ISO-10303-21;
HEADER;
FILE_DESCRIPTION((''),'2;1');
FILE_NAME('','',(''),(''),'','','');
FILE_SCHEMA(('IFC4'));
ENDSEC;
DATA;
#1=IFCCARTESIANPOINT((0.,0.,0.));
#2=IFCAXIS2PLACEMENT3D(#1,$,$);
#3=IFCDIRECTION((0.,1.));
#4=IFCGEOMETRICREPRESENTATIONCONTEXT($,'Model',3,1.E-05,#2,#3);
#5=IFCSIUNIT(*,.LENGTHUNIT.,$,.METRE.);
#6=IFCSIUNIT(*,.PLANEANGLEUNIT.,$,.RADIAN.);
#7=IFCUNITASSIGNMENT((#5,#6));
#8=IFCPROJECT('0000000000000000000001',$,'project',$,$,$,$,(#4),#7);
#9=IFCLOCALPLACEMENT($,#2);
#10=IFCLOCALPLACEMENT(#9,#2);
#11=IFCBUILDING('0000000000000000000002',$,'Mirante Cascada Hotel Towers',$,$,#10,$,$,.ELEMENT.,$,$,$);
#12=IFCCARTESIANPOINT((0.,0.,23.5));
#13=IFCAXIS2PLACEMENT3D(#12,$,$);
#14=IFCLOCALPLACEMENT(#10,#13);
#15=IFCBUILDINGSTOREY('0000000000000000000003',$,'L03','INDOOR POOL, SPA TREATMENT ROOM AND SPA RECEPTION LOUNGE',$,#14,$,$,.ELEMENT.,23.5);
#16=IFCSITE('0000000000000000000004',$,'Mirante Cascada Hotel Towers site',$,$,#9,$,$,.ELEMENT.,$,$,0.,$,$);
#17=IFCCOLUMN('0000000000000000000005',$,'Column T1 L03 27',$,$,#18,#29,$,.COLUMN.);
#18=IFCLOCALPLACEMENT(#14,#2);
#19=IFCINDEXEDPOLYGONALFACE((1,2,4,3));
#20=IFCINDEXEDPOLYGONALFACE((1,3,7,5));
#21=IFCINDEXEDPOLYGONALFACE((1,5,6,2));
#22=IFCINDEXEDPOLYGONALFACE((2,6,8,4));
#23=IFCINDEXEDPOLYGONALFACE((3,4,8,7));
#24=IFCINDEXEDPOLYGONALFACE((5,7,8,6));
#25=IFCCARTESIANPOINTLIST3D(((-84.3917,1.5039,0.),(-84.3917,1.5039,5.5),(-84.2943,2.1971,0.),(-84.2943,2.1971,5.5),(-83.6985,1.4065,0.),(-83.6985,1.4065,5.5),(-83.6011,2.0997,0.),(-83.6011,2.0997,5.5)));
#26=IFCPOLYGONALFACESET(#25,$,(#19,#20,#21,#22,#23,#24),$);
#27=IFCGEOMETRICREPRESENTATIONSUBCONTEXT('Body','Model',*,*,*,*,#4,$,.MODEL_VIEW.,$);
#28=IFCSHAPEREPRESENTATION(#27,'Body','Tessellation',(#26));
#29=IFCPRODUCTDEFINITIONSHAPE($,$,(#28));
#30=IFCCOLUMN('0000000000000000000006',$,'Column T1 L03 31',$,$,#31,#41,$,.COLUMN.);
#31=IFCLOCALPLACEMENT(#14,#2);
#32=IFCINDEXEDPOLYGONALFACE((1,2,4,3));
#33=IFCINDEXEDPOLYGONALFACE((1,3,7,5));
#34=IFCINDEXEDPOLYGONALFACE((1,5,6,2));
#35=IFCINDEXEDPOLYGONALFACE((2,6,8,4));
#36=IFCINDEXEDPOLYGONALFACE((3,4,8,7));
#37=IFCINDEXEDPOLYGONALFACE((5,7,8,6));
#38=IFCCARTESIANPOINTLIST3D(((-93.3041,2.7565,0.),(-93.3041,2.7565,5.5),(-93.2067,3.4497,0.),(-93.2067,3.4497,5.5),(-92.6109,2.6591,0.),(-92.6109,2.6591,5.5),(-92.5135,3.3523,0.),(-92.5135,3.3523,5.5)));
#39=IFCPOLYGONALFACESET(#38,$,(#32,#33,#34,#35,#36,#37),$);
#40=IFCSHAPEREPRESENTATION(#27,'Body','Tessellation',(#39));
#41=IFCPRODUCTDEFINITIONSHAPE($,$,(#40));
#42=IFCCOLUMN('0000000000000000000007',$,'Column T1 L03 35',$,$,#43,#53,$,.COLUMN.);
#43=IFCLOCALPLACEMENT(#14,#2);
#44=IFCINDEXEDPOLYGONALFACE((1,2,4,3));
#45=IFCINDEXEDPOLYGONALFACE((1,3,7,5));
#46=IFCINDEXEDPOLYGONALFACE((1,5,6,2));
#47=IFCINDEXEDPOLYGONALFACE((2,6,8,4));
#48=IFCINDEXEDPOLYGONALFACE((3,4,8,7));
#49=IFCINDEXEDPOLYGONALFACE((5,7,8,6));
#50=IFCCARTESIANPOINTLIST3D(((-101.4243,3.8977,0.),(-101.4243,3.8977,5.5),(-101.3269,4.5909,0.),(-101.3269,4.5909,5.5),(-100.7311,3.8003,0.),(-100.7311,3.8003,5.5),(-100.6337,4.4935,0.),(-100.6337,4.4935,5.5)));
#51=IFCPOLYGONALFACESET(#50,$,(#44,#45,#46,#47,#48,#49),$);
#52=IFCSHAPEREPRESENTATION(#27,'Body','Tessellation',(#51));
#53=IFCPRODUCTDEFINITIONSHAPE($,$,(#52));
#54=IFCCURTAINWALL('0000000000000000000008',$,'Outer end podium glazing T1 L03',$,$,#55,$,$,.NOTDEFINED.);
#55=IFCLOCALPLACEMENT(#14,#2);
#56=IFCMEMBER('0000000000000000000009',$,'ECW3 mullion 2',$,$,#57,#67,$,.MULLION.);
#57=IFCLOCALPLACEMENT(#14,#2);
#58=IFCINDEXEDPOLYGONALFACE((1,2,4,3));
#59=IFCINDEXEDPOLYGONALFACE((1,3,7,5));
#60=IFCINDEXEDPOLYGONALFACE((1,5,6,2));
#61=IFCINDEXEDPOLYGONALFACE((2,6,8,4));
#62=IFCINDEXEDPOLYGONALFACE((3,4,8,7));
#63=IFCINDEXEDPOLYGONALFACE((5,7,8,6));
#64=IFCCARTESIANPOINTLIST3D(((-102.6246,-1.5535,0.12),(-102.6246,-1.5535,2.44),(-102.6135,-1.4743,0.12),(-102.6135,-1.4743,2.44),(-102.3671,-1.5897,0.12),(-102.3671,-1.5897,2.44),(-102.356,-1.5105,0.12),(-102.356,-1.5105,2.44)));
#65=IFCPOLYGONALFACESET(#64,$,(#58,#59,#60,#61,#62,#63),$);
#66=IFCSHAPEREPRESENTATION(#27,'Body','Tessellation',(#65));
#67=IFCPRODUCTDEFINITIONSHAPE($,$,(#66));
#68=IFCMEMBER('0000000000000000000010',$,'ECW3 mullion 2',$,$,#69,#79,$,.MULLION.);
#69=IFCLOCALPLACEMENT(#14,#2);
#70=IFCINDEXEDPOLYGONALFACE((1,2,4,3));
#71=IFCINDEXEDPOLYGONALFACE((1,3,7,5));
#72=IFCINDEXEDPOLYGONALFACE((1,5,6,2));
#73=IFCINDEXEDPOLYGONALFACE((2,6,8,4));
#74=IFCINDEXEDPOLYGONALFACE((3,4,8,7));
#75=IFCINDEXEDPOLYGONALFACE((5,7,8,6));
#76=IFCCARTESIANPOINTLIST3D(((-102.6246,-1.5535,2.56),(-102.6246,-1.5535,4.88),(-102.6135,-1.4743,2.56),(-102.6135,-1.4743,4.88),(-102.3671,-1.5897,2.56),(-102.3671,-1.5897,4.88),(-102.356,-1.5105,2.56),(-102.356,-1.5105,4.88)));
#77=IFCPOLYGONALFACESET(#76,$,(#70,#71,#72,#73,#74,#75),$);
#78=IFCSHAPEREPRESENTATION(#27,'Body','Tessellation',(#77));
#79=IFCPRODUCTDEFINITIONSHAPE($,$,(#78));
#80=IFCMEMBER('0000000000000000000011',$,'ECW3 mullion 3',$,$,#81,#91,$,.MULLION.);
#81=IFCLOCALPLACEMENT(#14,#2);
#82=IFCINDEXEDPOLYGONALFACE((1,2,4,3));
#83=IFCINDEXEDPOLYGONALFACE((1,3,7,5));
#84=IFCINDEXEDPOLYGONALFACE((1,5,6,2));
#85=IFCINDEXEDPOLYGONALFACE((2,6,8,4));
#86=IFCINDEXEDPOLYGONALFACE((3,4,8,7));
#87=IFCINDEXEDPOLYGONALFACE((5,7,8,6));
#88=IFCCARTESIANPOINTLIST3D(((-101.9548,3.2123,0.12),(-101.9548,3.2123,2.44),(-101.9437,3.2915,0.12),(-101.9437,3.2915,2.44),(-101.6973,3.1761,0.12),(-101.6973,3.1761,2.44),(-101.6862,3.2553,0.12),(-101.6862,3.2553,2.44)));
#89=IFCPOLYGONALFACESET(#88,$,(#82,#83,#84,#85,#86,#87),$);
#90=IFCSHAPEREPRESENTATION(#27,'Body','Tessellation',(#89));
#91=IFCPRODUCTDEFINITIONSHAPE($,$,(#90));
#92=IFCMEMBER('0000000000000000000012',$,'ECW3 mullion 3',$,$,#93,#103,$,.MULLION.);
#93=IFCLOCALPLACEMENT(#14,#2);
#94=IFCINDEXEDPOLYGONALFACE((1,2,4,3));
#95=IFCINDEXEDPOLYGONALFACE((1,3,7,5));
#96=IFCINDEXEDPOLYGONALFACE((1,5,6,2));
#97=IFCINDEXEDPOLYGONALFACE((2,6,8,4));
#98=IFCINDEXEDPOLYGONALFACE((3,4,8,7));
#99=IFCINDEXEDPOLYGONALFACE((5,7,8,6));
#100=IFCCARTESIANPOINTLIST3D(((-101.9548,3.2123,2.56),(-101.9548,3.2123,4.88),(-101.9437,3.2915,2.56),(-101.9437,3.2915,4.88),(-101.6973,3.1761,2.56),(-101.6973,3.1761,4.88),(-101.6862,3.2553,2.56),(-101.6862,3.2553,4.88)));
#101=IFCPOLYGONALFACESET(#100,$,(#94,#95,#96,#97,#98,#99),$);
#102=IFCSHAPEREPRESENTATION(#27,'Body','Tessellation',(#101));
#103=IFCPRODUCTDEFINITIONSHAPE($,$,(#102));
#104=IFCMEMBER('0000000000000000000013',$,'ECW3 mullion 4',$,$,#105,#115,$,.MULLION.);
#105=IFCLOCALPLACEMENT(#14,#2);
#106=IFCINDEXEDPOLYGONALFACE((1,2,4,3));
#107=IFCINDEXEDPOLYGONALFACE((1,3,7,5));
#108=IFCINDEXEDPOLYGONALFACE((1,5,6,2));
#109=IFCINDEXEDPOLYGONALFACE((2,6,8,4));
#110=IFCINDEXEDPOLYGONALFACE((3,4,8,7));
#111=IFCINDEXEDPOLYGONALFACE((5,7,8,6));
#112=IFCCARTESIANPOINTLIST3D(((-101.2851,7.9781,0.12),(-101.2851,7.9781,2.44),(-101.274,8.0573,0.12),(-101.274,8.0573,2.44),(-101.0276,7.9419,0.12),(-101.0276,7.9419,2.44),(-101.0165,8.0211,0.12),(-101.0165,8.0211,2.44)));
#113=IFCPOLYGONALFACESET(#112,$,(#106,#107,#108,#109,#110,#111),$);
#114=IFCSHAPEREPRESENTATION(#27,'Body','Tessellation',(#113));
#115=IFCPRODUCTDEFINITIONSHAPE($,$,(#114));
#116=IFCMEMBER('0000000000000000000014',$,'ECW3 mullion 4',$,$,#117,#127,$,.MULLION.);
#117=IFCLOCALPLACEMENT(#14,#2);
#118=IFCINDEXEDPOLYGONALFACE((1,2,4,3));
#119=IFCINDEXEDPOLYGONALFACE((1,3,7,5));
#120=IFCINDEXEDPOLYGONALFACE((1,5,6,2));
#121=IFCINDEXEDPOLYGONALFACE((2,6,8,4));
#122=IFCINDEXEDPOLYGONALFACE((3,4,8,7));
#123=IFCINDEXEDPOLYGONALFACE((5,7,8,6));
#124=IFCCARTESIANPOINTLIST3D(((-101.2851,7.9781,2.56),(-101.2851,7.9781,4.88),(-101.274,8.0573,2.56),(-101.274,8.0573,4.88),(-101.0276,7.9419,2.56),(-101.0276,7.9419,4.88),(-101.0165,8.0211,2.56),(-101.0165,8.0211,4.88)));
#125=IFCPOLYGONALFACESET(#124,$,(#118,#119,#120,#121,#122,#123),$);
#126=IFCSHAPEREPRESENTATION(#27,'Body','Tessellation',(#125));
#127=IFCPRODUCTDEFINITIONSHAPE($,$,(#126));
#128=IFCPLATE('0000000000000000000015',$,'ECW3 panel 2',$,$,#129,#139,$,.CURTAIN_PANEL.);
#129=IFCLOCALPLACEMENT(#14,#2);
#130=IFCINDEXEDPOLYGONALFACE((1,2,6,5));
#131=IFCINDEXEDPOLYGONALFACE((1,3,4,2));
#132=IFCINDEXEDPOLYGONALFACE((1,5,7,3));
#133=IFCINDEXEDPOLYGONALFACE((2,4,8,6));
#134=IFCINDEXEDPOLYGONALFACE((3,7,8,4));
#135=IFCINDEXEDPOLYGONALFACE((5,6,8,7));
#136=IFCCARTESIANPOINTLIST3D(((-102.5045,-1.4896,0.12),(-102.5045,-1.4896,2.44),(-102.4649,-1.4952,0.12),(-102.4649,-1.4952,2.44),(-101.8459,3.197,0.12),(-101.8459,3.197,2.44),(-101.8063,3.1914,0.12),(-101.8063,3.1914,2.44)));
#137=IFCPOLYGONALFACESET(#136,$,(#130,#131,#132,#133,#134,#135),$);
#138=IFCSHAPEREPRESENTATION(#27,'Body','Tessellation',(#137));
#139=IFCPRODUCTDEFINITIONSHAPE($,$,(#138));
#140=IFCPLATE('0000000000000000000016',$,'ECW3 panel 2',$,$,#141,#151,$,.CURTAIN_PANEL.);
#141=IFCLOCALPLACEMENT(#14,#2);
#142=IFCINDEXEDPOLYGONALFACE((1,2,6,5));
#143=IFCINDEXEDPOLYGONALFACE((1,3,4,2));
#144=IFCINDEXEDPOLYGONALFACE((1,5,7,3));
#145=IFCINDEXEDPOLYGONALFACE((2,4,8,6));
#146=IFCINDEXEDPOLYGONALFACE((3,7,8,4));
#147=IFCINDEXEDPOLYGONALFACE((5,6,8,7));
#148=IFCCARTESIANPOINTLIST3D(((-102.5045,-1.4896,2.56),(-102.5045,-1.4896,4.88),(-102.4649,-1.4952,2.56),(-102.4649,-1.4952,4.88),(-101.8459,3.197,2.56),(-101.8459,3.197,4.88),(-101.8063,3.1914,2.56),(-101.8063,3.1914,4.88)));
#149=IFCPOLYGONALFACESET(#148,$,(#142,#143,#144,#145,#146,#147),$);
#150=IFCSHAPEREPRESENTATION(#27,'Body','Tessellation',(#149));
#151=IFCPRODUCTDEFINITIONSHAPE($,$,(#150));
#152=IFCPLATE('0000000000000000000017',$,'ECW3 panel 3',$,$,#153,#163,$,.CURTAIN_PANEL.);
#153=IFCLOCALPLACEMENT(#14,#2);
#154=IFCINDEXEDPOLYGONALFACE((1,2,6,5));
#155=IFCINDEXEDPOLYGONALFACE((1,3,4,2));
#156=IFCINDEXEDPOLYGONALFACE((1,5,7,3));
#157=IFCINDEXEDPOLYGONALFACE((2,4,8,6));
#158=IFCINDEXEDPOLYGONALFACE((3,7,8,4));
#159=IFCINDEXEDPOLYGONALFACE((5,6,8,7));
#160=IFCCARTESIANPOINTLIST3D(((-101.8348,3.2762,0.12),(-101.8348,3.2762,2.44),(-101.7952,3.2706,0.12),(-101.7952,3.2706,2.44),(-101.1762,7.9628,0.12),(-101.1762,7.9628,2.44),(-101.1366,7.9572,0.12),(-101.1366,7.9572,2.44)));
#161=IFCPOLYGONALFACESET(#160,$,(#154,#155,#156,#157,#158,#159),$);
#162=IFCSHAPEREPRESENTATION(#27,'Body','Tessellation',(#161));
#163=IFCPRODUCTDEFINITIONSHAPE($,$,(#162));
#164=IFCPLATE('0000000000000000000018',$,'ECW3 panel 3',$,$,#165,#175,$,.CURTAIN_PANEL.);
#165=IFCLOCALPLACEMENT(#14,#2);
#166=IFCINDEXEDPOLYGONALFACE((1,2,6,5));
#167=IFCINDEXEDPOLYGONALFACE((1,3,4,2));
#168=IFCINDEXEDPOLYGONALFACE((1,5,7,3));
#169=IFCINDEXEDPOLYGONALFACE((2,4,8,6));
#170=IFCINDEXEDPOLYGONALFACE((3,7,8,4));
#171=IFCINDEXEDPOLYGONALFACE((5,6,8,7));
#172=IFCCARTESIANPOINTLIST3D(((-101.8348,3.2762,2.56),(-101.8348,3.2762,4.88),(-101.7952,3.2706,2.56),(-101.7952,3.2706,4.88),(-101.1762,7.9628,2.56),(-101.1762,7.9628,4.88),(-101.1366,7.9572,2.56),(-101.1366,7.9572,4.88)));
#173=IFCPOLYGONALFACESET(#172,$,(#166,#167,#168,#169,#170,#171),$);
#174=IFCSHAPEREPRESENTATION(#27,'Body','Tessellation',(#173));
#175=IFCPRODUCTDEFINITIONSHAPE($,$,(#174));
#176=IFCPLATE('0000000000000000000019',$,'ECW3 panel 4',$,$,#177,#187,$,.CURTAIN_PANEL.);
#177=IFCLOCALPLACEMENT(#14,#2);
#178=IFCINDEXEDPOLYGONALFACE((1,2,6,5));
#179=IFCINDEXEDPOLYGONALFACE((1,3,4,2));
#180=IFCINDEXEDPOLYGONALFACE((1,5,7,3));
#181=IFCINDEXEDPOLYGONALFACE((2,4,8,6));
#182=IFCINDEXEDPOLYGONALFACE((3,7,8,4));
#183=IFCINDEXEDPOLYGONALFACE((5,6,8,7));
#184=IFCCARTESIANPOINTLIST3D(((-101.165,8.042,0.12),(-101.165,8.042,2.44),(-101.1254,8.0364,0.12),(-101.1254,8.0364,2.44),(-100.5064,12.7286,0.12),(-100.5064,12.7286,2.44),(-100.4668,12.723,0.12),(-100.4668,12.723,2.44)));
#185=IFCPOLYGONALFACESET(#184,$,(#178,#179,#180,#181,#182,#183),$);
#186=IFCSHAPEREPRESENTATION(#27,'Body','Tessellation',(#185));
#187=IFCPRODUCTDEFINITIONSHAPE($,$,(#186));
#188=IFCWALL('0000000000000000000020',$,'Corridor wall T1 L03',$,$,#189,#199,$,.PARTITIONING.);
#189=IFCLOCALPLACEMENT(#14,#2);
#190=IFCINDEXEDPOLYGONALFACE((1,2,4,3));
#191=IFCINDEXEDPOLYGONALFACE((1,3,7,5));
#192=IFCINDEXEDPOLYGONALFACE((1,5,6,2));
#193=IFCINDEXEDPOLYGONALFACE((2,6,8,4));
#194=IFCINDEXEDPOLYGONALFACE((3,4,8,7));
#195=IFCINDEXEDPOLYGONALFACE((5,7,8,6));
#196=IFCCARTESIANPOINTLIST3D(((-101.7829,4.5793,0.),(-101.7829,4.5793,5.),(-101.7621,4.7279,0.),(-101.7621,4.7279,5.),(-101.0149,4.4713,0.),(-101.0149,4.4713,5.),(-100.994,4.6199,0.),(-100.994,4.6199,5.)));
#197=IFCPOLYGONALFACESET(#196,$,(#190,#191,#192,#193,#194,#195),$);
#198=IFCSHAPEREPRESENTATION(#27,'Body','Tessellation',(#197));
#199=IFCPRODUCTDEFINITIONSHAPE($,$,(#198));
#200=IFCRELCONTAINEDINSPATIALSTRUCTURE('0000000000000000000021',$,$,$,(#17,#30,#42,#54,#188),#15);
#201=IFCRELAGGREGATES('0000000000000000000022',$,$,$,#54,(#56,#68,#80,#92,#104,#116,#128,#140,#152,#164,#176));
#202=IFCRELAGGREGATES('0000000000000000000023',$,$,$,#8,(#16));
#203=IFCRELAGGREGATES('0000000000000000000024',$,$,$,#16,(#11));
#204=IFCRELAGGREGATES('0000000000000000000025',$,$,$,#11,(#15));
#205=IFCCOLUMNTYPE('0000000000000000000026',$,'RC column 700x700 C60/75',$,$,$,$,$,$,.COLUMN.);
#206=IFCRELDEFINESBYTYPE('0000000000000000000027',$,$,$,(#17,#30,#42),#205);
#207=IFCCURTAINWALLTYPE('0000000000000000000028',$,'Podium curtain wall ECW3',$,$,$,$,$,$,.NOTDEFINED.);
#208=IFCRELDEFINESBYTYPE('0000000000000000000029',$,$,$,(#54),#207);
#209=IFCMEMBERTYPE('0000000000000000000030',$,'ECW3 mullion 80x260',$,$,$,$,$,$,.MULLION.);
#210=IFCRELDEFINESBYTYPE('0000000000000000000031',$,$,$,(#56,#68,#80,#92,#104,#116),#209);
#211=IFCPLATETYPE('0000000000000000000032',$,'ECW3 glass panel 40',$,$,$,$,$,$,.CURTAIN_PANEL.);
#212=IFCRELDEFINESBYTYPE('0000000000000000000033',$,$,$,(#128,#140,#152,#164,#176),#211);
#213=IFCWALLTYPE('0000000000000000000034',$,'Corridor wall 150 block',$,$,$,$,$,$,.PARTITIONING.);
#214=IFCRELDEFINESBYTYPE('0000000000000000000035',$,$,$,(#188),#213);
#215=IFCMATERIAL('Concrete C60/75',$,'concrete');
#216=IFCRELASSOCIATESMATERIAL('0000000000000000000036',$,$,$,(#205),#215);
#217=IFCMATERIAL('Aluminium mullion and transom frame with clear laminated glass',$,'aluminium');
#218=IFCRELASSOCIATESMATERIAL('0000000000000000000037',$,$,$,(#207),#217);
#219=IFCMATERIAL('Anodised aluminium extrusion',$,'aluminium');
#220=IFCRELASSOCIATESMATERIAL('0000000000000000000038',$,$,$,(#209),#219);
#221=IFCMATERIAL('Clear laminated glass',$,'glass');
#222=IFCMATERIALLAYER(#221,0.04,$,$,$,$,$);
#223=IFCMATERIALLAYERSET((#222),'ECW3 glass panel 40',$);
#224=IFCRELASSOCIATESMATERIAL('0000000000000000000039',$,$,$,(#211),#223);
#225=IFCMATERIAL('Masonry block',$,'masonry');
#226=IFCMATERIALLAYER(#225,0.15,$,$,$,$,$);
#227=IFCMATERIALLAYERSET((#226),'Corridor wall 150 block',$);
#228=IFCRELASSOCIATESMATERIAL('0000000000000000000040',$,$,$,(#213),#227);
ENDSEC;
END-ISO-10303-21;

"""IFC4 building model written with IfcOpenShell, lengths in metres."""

from ifc_helpers import new_model, si_unit, direction, frame, frame_2d, origin, origin_2d, place, context, subcontext, project, spatial, rectangle, extrude, material, layer, layer_set, material_profile, profile_set, type_object, element, aggregate, save


model = new_model("IFC4")

# Units and contexts
model_context = context("Model", 3, precision=1e-05, world=origin(), true_north=direction((0.0, 1.0)))
body_context = subcontext(model_context, "Body", "Model", "MODEL_VIEW")
ifc_project = project(units=[si_unit("LENGTHUNIT", "METRE"), si_unit("PLANEANGLEUNIT", "RADIAN")], contexts=[model_context])

# Site, building, storey
site_placement = place(None, origin())
site = spatial("IfcSite", under=ifc_project, at=site_placement, Name="Mirante Cascada Hotel Towers site", CompositionType="ELEMENT", RefElevation=0.0)
building_placement = place(site_placement, origin())
building = spatial("IfcBuilding", under=site, at=building_placement, Name="Mirante Cascada Hotel Towers", CompositionType="ELEMENT")
storey_placement = place(building_placement, frame((0.0, 0.0, 23.5)))
storey = spatial("IfcBuildingStorey", under=building, at=storey_placement, Name="L03", Description="INDOOR POOL, SPA TREATMENT ROOM AND SPA RECEPTION LOUNGE", CompositionType="ELEMENT", Elevation=23.5)

# Columns
ifc_material_1 = material(Name="Concrete C60/75", Category="concrete")
ifc_material_profile_1 = material_profile(ifc_material_1, rectangle(XDim=0.7, YDim=0.7, at=origin_2d()), Name="RC column 700x700 C60/75")
ifc_profile_set_1 = profile_set([ifc_material_profile_1], Name="Concrete C60/75")
column_type = type_object("IfcColumnType", Name="RC column 700x700 C60/75", PredefinedType="COLUMN", material=ifc_profile_set_1)
for number, where, z_axis, x_axis, name in (
    (1, (-83.9964, 1.8018, 0.0), (0.0, 0.0, 1.0), (-0.990268, 0.139173, 0.0), "Column T1 L03 27"),
    (2, (-92.9088, 3.0544, 0.0), (0.0, 0.0, 1.0), (-0.990268, 0.139173, 0.0), "Column T1 L03 31"),
    (3, (-101.029, 4.1956, 0.0), (0.0, 0.0, 1.0), (-0.990268, 0.139173, 0.0), "Column T1 L03 35"),
):
    element("IfcColumn", number, at=place(storey_placement, frame(where, z_axis=z_axis, x_axis=x_axis)), inside=storey, type_object=column_type, Name=name, PredefinedType="COLUMN", context=body_context, shape_type="SweptSolid", body=[
        extrude(rectangle(XDim=0.7, YDim=0.7, at=origin_2d()), origin(), (0.0, 0.0, 1.0), 5.5),
    ])

# Curtain wall, members, plates
ifc_material_2 = material(Name="Aluminium mullion and transom frame with clear laminated glass", Category="aluminium")
curtain_wall_type = type_object("IfcCurtainWallType", Name="Podium curtain wall ECW3", PredefinedType="NOTDEFINED", material=ifc_material_2)
curtain_wall_placement = place(storey_placement, origin())
curtain_wall = element("IfcCurtainWall", 4, at=curtain_wall_placement, inside=storey, type_object=curtain_wall_type, Name="Outer end podium glazing T1 L03", PredefinedType="NOTDEFINED")
ifc_material_3 = material(Name="Anodised aluminium extrusion", Category="aluminium")
ifc_material_profile_2 = material_profile(ifc_material_3, rectangle(XDim=0.26, YDim=0.08, at=origin_2d()), Name="ECW3 MULLION 80x260")
ifc_profile_set_2 = profile_set([ifc_material_profile_2], Name="Anodised aluminium extrusion")
member_type = type_object("IfcMemberType", Name="ECW3 mullion 80x260", PredefinedType="MULLION", material=ifc_profile_set_2)
member_1_placement = place(storey_placement, frame((-102.4903, -1.532, 0.12), z_axis=(0.0, 0.0, 1.0), x_axis=(-0.990268, 0.139173, 0.0)))
member_1 = element("IfcMember", 5, at=member_1_placement, type_object=member_type, Name="ECW3 mullion 2", PredefinedType="MULLION", context=body_context, shape_type="SweptSolid", body=[
    extrude(rectangle(XDim=0.26, YDim=0.08, at=origin_2d()), origin(), (0.0, 0.0, 1.0), 2.32),
])
member_2_placement = place(storey_placement, frame((-102.4903, -1.532, 2.56), z_axis=(0.0, 0.0, 1.0), x_axis=(-0.990268, 0.139173, 0.0)))
member_2 = element("IfcMember", 6, at=member_2_placement, type_object=member_type, Name="ECW3 mullion 2", PredefinedType="MULLION", context=body_context, shape_type="SweptSolid", body=[
    extrude(rectangle(XDim=0.26, YDim=0.08, at=origin_2d()), origin(), (0.0, 0.0, 1.0), 2.32),
])
member_3_placement = place(storey_placement, frame((-101.8205, 3.2338, 0.12), z_axis=(0.0, 0.0, 1.0), x_axis=(-0.990268, 0.139173, 0.0)))
member_3 = element("IfcMember", 7, at=member_3_placement, type_object=member_type, Name="ECW3 mullion 3", PredefinedType="MULLION", context=body_context, shape_type="SweptSolid", body=[
    extrude(rectangle(XDim=0.26, YDim=0.08, at=origin_2d()), origin(), (0.0, 0.0, 1.0), 2.32),
])
member_4_placement = place(storey_placement, frame((-101.8205, 3.2338, 2.56), z_axis=(0.0, 0.0, 1.0), x_axis=(-0.990268, 0.139173, 0.0)))
member_4 = element("IfcMember", 8, at=member_4_placement, type_object=member_type, Name="ECW3 mullion 3", PredefinedType="MULLION", context=body_context, shape_type="SweptSolid", body=[
    extrude(rectangle(XDim=0.26, YDim=0.08, at=origin_2d()), origin(), (0.0, 0.0, 1.0), 2.32),
])
member_5_placement = place(storey_placement, frame((-101.1508, 7.9996, 0.12), z_axis=(0.0, 0.0, 1.0), x_axis=(-0.990268, 0.139173, 0.0)))
member_5 = element("IfcMember", 9, at=member_5_placement, type_object=member_type, Name="ECW3 mullion 4", PredefinedType="MULLION", context=body_context, shape_type="SweptSolid", body=[
    extrude(rectangle(XDim=0.26, YDim=0.08, at=origin_2d()), origin(), (0.0, 0.0, 1.0), 2.32),
])
member_6_placement = place(storey_placement, frame((-101.1508, 7.9996, 2.56), z_axis=(0.0, 0.0, 1.0), x_axis=(-0.990268, 0.139173, 0.0)))
member_6 = element("IfcMember", 10, at=member_6_placement, type_object=member_type, Name="ECW3 mullion 4", PredefinedType="MULLION", context=body_context, shape_type="SweptSolid", body=[
    extrude(rectangle(XDim=0.26, YDim=0.08, at=origin_2d()), origin(), (0.0, 0.0, 1.0), 2.32),
])
ifc_material_4 = material(Name="Clear laminated glass", Category="glass")
ifc_layer_1 = layer(ifc_material_4, 0.04)
ifc_layer_set_1 = layer_set([ifc_layer_1], Name="ECW3 glass panel 40")
plate_type = type_object("IfcPlateType", Name="ECW3 glass panel 40", PredefinedType="CURTAIN_PANEL", material=ifc_layer_set_1)
plate_1_placement = place(storey_placement, frame((-102.1554, 0.8509, 0.12), z_axis=(0.0, 0.0, 1.0), x_axis=(0.139173, 0.990268, 0.0)))
plate_1 = element("IfcPlate", 11, at=plate_1_placement, type_object=plate_type, Name="ECW3 panel 2", PredefinedType="CURTAIN_PANEL", context=body_context, shape_type="SweptSolid", body=[
    extrude(rectangle(XDim=4.7326, YDim=0.04, at=origin_2d()), origin(), (0.0, 0.0, 1.0), 2.32),
])
plate_2_placement = place(storey_placement, frame((-102.1554, 0.8509, 2.56), z_axis=(0.0, 0.0, 1.0), x_axis=(0.139173, 0.990268, 0.0)))
plate_2 = element("IfcPlate", 12, at=plate_2_placement, type_object=plate_type, Name="ECW3 panel 2", PredefinedType="CURTAIN_PANEL", context=body_context, shape_type="SweptSolid", body=[
    extrude(rectangle(XDim=4.7326, YDim=0.04, at=origin_2d()), origin(), (0.0, 0.0, 1.0), 2.32),
])
plate_3_placement = place(storey_placement, frame((-101.4857, 5.6167, 0.12), z_axis=(0.0, 0.0, 1.0), x_axis=(0.139173, 0.990268, 0.0)))
plate_3 = element("IfcPlate", 13, at=plate_3_placement, type_object=plate_type, Name="ECW3 panel 3", PredefinedType="CURTAIN_PANEL", context=body_context, shape_type="SweptSolid", body=[
    extrude(rectangle(XDim=4.7326, YDim=0.04, at=origin_2d()), origin(), (0.0, 0.0, 1.0), 2.32),
])
plate_4_placement = place(storey_placement, frame((-101.4857, 5.6167, 2.56), z_axis=(0.0, 0.0, 1.0), x_axis=(0.139173, 0.990268, 0.0)))
plate_4 = element("IfcPlate", 14, at=plate_4_placement, type_object=plate_type, Name="ECW3 panel 3", PredefinedType="CURTAIN_PANEL", context=body_context, shape_type="SweptSolid", body=[
    extrude(rectangle(XDim=4.7326, YDim=0.04, at=origin_2d()), origin(), (0.0, 0.0, 1.0), 2.32),
])
plate_5_placement = place(storey_placement, frame((-100.8159, 10.3825, 0.12), z_axis=(0.0, 0.0, 1.0), x_axis=(0.139173, 0.990268, 0.0)))
plate_5 = element("IfcPlate", 15, at=plate_5_placement, type_object=plate_type, Name="ECW3 panel 4", PredefinedType="CURTAIN_PANEL", context=body_context, shape_type="SweptSolid", body=[
    extrude(rectangle(XDim=4.7326, YDim=0.04, at=origin_2d()), origin(), (0.0, 0.0, 1.0), 2.32),
])
aggregate(curtain_wall, [member_1, member_2, member_3, member_4, member_5, member_6, plate_1, plate_2, plate_3, plate_4, plate_5])

# Wall
ifc_material_5 = material(Name="Masonry block", Category="masonry")
ifc_layer_2 = layer(ifc_material_5, 0.15)
ifc_layer_set_2 = layer_set([ifc_layer_2], Name="Corridor wall 150 block")
wall_type = type_object("IfcWallType", Name="Corridor wall 150 block", PredefinedType="PARTITIONING", material=ifc_layer_set_2)
wall_1_placement = place(storey_placement, frame((-101.7725, 4.6536, 0.0), z_axis=(0.0, 0.0, 1.0), x_axis=(0.990257, -0.139255, 0.0)))
element("IfcWall", 16, at=wall_1_placement, inside=storey, type_object=wall_type, Name="Corridor wall T1 L03", PredefinedType="PARTITIONING", context=body_context, shape_type="SweptSolid", body=[
    extrude(rectangle(XDim=0.7756, YDim=0.15, at=frame_2d((0.3878, 0.0))), origin(), (0.0, 0.0, 1.0), 5.0),
])

save(model, "model.ifc")
